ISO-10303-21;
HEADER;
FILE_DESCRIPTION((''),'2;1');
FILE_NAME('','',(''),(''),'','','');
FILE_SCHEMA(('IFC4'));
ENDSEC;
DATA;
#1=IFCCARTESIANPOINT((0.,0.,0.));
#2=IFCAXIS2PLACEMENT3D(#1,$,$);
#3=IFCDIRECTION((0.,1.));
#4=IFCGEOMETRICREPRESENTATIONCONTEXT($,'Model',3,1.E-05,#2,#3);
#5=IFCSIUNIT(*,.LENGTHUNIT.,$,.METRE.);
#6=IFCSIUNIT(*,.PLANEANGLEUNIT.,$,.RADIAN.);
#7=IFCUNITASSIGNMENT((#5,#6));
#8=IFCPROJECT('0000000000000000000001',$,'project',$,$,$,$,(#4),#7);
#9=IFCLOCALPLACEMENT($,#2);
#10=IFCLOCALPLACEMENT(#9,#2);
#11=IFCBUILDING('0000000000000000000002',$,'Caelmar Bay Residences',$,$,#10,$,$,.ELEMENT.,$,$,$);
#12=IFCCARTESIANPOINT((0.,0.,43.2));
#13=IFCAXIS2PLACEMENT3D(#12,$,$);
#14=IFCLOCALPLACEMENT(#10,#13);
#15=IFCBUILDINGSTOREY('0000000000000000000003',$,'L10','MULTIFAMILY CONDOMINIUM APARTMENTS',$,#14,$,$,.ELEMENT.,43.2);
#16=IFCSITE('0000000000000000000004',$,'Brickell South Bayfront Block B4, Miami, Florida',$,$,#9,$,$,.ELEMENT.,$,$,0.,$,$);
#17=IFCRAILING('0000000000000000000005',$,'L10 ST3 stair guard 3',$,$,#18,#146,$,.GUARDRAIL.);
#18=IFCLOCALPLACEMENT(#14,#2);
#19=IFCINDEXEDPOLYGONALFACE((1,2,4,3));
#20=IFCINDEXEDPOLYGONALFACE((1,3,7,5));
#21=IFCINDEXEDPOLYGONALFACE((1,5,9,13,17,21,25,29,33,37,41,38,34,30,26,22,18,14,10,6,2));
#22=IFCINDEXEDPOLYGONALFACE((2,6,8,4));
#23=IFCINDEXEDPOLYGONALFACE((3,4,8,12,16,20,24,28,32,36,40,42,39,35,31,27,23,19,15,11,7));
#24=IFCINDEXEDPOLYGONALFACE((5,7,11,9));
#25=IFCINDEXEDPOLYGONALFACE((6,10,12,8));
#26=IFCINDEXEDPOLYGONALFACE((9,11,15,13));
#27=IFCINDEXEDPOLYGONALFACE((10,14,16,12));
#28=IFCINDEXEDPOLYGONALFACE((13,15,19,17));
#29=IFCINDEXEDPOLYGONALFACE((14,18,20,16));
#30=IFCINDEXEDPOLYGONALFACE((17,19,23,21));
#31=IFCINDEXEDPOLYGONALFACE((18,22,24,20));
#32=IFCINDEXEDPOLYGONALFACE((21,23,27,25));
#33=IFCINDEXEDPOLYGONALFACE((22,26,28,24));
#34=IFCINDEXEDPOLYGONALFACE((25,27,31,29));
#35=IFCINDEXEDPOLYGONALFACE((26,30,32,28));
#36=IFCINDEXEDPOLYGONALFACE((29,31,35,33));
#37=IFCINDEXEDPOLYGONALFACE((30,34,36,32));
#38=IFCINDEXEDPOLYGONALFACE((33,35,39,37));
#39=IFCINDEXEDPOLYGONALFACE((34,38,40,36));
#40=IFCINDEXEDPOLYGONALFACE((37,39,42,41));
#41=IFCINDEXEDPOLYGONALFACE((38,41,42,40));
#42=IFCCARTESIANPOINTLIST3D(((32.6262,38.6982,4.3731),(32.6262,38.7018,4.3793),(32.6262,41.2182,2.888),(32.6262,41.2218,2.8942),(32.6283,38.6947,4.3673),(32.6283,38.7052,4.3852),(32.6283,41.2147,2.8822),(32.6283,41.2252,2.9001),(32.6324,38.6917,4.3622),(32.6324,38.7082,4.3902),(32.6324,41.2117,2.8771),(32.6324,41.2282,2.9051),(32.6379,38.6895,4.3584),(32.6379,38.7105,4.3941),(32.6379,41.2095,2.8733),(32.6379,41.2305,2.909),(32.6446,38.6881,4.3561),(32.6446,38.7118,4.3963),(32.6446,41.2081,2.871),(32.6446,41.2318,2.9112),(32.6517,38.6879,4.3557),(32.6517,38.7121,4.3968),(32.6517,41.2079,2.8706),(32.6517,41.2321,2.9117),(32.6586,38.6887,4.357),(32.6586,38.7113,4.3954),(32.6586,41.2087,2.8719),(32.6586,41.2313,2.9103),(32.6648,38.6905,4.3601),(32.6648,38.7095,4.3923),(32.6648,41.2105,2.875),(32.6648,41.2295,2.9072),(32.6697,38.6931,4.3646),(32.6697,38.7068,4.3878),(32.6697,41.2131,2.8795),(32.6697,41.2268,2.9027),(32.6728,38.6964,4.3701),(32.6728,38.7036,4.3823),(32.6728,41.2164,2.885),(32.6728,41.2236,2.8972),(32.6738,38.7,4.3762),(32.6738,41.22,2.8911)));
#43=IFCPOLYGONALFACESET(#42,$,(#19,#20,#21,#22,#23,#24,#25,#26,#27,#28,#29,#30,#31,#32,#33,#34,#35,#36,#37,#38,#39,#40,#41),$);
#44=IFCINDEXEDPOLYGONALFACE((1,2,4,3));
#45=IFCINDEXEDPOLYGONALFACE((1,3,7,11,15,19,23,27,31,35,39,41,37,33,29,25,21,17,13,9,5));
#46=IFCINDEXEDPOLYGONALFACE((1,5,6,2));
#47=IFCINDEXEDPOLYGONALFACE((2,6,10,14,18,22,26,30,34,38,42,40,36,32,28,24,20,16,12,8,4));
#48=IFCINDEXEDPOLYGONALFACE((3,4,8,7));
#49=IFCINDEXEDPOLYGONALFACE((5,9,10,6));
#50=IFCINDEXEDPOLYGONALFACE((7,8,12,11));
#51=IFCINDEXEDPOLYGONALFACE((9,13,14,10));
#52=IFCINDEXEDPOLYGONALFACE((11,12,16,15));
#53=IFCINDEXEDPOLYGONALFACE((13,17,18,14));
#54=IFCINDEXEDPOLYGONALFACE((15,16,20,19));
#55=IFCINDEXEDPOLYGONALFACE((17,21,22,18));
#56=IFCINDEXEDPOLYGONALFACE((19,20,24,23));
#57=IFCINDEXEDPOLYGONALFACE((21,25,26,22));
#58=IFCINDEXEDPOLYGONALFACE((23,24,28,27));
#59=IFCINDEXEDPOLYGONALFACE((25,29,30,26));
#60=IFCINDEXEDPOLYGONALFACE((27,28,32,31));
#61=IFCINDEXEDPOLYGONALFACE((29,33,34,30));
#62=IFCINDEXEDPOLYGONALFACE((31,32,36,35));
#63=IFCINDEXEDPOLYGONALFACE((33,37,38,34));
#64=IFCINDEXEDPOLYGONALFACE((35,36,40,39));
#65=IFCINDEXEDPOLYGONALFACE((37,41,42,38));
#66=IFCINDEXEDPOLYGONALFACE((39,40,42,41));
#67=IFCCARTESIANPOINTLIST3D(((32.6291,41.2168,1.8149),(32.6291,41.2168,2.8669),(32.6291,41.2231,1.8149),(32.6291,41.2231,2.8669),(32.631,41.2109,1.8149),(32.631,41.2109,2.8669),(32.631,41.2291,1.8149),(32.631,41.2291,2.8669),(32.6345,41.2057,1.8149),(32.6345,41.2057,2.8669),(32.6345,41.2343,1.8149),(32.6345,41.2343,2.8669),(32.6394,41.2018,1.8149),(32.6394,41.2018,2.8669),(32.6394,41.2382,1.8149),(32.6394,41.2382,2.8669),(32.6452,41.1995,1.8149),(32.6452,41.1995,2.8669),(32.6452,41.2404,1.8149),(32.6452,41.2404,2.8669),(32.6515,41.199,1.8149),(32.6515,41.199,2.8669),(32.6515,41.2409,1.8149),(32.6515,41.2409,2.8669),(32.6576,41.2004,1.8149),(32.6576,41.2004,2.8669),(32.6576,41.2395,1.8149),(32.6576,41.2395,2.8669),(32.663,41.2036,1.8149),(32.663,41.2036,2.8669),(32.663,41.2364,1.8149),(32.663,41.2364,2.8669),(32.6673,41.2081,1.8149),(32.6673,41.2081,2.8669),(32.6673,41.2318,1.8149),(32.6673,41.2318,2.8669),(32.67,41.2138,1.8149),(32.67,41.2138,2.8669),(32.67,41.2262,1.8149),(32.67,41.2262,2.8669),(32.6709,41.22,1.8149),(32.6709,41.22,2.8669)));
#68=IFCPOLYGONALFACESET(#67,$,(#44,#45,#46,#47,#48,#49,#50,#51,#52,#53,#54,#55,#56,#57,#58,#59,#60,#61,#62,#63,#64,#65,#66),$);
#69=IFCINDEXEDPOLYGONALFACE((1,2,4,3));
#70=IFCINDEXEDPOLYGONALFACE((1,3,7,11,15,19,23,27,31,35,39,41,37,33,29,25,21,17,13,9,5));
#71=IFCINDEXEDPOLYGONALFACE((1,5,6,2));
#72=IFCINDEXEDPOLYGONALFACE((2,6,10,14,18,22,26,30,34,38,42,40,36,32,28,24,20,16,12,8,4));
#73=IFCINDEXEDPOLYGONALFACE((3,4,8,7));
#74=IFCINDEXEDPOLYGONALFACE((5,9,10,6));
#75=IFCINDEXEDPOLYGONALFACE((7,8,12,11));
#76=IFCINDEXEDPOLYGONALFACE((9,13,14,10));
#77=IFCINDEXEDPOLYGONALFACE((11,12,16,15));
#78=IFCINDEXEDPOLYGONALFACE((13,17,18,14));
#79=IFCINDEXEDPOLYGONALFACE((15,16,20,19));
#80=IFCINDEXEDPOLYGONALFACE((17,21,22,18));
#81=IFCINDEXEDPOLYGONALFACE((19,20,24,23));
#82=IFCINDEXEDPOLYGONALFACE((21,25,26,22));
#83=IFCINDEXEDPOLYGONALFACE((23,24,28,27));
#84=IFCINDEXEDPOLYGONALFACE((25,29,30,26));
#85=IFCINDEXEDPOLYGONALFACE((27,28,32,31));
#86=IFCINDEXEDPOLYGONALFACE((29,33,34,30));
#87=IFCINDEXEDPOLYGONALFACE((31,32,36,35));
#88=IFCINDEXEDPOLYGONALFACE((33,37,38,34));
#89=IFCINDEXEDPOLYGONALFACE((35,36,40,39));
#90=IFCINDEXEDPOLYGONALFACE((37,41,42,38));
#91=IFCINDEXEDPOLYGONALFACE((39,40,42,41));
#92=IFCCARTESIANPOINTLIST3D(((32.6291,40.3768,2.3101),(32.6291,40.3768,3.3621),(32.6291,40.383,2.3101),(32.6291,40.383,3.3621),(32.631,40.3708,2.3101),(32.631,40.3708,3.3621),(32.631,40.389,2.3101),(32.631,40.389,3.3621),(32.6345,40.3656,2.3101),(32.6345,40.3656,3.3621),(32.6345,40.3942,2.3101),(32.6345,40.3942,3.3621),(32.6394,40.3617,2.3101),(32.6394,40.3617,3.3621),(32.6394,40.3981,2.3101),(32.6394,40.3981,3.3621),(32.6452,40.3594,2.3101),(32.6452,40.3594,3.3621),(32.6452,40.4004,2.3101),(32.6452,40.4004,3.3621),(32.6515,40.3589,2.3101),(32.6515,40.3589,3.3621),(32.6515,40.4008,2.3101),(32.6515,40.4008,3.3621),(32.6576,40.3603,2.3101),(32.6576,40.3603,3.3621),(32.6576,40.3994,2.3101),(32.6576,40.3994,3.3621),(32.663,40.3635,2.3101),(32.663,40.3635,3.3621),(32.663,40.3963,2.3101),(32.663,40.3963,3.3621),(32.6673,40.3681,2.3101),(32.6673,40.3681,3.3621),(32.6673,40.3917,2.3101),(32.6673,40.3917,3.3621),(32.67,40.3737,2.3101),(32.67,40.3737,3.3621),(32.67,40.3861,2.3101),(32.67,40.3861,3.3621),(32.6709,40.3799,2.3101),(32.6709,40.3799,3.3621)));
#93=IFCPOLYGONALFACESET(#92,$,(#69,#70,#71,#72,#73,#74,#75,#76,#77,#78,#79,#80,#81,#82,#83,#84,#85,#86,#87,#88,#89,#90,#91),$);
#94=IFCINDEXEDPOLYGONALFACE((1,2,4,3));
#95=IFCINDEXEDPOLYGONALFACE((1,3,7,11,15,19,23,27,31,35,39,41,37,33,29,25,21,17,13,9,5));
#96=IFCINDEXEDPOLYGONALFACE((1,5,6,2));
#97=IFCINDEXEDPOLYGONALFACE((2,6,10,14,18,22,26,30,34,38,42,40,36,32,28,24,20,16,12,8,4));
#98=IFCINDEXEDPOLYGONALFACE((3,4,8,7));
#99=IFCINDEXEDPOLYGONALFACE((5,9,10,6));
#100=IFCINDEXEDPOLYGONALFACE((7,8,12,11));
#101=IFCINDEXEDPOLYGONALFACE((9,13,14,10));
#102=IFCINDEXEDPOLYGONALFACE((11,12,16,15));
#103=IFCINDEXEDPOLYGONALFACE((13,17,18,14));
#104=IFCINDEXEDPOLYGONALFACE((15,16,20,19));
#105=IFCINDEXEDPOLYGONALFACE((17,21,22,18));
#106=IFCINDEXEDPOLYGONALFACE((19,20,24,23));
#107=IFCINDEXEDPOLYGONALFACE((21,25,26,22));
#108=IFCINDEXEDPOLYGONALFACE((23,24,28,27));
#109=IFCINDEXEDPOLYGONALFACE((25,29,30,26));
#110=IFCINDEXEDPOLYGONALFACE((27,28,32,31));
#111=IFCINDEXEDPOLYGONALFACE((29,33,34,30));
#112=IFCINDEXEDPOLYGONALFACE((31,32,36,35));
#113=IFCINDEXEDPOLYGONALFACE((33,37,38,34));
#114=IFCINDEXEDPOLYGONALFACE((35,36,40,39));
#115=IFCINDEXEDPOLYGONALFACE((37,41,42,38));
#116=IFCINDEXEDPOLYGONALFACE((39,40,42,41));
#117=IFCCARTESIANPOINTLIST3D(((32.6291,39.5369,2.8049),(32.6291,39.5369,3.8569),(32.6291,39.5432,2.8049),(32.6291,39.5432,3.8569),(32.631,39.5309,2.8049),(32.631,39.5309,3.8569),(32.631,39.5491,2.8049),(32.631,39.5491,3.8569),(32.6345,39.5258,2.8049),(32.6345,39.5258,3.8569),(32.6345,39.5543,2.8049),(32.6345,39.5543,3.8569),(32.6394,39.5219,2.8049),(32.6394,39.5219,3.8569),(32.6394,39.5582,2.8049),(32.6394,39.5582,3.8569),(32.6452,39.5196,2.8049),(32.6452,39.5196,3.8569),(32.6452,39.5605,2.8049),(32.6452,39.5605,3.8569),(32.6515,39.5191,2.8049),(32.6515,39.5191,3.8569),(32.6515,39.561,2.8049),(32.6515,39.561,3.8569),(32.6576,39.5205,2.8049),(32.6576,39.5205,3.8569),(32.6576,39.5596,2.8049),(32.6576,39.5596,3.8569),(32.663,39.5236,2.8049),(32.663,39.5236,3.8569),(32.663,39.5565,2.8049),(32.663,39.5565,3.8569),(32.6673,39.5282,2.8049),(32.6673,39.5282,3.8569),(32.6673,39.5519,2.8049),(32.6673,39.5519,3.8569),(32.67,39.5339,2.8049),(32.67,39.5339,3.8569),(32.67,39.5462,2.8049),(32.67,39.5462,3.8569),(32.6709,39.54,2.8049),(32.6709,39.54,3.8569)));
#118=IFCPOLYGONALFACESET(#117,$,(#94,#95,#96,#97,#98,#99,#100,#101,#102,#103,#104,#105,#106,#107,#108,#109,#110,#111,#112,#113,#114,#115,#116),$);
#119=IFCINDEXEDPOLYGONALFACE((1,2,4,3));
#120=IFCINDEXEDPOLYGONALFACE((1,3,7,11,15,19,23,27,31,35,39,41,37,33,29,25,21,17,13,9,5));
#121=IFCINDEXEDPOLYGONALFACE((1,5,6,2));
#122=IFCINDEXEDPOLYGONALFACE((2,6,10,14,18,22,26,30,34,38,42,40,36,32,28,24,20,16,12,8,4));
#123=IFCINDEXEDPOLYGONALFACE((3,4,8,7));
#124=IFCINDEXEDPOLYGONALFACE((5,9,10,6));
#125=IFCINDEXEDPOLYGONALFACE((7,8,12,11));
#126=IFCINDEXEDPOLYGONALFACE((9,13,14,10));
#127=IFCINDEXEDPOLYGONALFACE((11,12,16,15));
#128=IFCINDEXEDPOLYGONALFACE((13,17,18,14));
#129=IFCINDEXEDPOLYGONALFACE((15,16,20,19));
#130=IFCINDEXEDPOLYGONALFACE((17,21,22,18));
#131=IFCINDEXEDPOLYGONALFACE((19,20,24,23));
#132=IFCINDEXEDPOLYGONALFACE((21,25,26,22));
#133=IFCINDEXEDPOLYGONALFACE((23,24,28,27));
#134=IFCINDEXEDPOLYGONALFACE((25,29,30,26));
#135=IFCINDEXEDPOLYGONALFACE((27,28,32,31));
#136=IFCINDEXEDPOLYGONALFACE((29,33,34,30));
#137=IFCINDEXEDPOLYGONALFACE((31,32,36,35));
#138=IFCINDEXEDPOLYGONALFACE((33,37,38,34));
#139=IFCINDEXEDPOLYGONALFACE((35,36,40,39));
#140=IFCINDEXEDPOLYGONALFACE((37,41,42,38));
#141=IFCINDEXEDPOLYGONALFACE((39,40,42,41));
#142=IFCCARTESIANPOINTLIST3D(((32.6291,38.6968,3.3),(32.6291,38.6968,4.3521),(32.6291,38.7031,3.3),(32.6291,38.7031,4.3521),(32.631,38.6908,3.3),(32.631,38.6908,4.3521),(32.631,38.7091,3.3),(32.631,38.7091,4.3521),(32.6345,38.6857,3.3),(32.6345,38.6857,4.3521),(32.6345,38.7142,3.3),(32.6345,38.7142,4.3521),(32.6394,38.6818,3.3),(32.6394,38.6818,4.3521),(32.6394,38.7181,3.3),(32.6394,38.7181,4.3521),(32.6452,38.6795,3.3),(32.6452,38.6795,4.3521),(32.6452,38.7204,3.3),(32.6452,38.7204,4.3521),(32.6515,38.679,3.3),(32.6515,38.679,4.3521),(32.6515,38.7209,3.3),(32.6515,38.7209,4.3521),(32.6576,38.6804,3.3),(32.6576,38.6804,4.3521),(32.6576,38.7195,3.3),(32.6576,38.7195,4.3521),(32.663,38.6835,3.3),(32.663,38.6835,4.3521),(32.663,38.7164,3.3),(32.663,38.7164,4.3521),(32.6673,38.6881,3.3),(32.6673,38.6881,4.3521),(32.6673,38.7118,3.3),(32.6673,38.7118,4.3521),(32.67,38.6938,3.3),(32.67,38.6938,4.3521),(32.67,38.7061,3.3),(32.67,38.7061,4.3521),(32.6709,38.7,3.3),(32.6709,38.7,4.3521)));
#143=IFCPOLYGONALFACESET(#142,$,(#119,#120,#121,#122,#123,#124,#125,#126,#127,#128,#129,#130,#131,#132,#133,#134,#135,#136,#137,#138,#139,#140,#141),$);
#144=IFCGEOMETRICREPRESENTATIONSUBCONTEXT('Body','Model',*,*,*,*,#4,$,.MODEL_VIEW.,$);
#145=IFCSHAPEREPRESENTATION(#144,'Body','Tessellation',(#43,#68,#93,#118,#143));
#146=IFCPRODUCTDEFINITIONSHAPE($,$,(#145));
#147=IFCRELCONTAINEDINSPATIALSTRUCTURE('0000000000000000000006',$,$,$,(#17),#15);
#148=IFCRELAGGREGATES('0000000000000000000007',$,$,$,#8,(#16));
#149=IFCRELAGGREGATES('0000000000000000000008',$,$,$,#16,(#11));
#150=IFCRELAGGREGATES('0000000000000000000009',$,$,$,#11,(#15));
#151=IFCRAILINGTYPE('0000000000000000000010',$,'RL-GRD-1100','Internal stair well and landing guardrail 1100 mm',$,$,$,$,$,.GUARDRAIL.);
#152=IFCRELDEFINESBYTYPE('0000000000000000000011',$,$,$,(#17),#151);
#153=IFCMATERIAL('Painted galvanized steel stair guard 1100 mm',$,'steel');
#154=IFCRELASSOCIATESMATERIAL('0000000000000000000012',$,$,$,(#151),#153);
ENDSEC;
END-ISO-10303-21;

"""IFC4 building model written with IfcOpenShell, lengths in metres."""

from ifc_helpers import new_model, si_unit, direction, frame, origin, origin_2d, place, context, subcontext, project, spatial, circle, extrude, material, type_object, element, save


model = new_model("IFC4")

# Units and contexts
model_context = context("Model", 3, precision=1e-05, world=origin(), true_north=direction((0.0, 1.0)))
body_context = subcontext(model_context, "Body", "Model", "MODEL_VIEW")
ifc_project = project(units=[si_unit("LENGTHUNIT", "METRE"), si_unit("PLANEANGLEUNIT", "RADIAN")], contexts=[model_context])

# Site, building, storey
site_placement = place(None, origin())
site = spatial("IfcSite", under=ifc_project, at=site_placement, Name="Brickell South Bayfront Block B4, Miami, Florida", CompositionType="ELEMENT", RefElevation=0.0)
building_placement = place(site_placement, origin())
building = spatial("IfcBuilding", under=site, at=building_placement, Name="Caelmar Bay Residences", CompositionType="ELEMENT")
storey_placement = place(building_placement, frame((0.0, 0.0, 43.2)))
storey = spatial("IfcBuildingStorey", under=building, at=storey_placement, Name="L10", Description="MULTIFAMILY CONDOMINIUM APARTMENTS", CompositionType="ELEMENT", Elevation=43.2)

# Railing
ifc_material_1 = material(Name="Painted galvanized steel stair guard 1100 mm", Category="steel")
railing_type_1 = type_object("IfcRailingType", Name="RL-GRD-1100", Description="Internal stair well and landing guardrail 1100 mm", PredefinedType="GUARDRAIL", material=ifc_material_1)
railing_1_placement = place(storey_placement, frame((32.6499, 41.22, 1.8149)))
element("IfcRailing", 1, at=railing_1_placement, inside=storey, type_object=railing_type_1, Name="L10 ST3 stair guard 3", PredefinedType="GUARDRAIL", context=body_context, shape_type="SweptSolid", body=[
    extrude(circle(Radius=0.0239, at=origin_2d()), frame((0.0, 0.0, 1.0762), z_axis=(0.0, -0.861524, 0.507717), x_axis=(1.0, 0.0, 0.0)), (0.0, 0.0, 1.0), 2.925),
    extrude(circle(Radius=0.021, at=origin_2d()), origin(), (0.0, 0.0, 1.0), 1.052),
    extrude(circle(Radius=0.021, at=origin_2d()), frame((0.0, -0.8401, 0.4951)), (0.0, 0.0, 1.0), 1.052),
    extrude(circle(Radius=0.021, at=origin_2d()), frame((0.0, -1.6799, 0.99)), (0.0, 0.0, 1.0), 1.052),
    extrude(circle(Radius=0.021, at=origin_2d()), frame((0.0, -2.52, 1.4851)), (0.0, 0.0, 1.0), 1.052),
])

save(model, "model.ifc")
